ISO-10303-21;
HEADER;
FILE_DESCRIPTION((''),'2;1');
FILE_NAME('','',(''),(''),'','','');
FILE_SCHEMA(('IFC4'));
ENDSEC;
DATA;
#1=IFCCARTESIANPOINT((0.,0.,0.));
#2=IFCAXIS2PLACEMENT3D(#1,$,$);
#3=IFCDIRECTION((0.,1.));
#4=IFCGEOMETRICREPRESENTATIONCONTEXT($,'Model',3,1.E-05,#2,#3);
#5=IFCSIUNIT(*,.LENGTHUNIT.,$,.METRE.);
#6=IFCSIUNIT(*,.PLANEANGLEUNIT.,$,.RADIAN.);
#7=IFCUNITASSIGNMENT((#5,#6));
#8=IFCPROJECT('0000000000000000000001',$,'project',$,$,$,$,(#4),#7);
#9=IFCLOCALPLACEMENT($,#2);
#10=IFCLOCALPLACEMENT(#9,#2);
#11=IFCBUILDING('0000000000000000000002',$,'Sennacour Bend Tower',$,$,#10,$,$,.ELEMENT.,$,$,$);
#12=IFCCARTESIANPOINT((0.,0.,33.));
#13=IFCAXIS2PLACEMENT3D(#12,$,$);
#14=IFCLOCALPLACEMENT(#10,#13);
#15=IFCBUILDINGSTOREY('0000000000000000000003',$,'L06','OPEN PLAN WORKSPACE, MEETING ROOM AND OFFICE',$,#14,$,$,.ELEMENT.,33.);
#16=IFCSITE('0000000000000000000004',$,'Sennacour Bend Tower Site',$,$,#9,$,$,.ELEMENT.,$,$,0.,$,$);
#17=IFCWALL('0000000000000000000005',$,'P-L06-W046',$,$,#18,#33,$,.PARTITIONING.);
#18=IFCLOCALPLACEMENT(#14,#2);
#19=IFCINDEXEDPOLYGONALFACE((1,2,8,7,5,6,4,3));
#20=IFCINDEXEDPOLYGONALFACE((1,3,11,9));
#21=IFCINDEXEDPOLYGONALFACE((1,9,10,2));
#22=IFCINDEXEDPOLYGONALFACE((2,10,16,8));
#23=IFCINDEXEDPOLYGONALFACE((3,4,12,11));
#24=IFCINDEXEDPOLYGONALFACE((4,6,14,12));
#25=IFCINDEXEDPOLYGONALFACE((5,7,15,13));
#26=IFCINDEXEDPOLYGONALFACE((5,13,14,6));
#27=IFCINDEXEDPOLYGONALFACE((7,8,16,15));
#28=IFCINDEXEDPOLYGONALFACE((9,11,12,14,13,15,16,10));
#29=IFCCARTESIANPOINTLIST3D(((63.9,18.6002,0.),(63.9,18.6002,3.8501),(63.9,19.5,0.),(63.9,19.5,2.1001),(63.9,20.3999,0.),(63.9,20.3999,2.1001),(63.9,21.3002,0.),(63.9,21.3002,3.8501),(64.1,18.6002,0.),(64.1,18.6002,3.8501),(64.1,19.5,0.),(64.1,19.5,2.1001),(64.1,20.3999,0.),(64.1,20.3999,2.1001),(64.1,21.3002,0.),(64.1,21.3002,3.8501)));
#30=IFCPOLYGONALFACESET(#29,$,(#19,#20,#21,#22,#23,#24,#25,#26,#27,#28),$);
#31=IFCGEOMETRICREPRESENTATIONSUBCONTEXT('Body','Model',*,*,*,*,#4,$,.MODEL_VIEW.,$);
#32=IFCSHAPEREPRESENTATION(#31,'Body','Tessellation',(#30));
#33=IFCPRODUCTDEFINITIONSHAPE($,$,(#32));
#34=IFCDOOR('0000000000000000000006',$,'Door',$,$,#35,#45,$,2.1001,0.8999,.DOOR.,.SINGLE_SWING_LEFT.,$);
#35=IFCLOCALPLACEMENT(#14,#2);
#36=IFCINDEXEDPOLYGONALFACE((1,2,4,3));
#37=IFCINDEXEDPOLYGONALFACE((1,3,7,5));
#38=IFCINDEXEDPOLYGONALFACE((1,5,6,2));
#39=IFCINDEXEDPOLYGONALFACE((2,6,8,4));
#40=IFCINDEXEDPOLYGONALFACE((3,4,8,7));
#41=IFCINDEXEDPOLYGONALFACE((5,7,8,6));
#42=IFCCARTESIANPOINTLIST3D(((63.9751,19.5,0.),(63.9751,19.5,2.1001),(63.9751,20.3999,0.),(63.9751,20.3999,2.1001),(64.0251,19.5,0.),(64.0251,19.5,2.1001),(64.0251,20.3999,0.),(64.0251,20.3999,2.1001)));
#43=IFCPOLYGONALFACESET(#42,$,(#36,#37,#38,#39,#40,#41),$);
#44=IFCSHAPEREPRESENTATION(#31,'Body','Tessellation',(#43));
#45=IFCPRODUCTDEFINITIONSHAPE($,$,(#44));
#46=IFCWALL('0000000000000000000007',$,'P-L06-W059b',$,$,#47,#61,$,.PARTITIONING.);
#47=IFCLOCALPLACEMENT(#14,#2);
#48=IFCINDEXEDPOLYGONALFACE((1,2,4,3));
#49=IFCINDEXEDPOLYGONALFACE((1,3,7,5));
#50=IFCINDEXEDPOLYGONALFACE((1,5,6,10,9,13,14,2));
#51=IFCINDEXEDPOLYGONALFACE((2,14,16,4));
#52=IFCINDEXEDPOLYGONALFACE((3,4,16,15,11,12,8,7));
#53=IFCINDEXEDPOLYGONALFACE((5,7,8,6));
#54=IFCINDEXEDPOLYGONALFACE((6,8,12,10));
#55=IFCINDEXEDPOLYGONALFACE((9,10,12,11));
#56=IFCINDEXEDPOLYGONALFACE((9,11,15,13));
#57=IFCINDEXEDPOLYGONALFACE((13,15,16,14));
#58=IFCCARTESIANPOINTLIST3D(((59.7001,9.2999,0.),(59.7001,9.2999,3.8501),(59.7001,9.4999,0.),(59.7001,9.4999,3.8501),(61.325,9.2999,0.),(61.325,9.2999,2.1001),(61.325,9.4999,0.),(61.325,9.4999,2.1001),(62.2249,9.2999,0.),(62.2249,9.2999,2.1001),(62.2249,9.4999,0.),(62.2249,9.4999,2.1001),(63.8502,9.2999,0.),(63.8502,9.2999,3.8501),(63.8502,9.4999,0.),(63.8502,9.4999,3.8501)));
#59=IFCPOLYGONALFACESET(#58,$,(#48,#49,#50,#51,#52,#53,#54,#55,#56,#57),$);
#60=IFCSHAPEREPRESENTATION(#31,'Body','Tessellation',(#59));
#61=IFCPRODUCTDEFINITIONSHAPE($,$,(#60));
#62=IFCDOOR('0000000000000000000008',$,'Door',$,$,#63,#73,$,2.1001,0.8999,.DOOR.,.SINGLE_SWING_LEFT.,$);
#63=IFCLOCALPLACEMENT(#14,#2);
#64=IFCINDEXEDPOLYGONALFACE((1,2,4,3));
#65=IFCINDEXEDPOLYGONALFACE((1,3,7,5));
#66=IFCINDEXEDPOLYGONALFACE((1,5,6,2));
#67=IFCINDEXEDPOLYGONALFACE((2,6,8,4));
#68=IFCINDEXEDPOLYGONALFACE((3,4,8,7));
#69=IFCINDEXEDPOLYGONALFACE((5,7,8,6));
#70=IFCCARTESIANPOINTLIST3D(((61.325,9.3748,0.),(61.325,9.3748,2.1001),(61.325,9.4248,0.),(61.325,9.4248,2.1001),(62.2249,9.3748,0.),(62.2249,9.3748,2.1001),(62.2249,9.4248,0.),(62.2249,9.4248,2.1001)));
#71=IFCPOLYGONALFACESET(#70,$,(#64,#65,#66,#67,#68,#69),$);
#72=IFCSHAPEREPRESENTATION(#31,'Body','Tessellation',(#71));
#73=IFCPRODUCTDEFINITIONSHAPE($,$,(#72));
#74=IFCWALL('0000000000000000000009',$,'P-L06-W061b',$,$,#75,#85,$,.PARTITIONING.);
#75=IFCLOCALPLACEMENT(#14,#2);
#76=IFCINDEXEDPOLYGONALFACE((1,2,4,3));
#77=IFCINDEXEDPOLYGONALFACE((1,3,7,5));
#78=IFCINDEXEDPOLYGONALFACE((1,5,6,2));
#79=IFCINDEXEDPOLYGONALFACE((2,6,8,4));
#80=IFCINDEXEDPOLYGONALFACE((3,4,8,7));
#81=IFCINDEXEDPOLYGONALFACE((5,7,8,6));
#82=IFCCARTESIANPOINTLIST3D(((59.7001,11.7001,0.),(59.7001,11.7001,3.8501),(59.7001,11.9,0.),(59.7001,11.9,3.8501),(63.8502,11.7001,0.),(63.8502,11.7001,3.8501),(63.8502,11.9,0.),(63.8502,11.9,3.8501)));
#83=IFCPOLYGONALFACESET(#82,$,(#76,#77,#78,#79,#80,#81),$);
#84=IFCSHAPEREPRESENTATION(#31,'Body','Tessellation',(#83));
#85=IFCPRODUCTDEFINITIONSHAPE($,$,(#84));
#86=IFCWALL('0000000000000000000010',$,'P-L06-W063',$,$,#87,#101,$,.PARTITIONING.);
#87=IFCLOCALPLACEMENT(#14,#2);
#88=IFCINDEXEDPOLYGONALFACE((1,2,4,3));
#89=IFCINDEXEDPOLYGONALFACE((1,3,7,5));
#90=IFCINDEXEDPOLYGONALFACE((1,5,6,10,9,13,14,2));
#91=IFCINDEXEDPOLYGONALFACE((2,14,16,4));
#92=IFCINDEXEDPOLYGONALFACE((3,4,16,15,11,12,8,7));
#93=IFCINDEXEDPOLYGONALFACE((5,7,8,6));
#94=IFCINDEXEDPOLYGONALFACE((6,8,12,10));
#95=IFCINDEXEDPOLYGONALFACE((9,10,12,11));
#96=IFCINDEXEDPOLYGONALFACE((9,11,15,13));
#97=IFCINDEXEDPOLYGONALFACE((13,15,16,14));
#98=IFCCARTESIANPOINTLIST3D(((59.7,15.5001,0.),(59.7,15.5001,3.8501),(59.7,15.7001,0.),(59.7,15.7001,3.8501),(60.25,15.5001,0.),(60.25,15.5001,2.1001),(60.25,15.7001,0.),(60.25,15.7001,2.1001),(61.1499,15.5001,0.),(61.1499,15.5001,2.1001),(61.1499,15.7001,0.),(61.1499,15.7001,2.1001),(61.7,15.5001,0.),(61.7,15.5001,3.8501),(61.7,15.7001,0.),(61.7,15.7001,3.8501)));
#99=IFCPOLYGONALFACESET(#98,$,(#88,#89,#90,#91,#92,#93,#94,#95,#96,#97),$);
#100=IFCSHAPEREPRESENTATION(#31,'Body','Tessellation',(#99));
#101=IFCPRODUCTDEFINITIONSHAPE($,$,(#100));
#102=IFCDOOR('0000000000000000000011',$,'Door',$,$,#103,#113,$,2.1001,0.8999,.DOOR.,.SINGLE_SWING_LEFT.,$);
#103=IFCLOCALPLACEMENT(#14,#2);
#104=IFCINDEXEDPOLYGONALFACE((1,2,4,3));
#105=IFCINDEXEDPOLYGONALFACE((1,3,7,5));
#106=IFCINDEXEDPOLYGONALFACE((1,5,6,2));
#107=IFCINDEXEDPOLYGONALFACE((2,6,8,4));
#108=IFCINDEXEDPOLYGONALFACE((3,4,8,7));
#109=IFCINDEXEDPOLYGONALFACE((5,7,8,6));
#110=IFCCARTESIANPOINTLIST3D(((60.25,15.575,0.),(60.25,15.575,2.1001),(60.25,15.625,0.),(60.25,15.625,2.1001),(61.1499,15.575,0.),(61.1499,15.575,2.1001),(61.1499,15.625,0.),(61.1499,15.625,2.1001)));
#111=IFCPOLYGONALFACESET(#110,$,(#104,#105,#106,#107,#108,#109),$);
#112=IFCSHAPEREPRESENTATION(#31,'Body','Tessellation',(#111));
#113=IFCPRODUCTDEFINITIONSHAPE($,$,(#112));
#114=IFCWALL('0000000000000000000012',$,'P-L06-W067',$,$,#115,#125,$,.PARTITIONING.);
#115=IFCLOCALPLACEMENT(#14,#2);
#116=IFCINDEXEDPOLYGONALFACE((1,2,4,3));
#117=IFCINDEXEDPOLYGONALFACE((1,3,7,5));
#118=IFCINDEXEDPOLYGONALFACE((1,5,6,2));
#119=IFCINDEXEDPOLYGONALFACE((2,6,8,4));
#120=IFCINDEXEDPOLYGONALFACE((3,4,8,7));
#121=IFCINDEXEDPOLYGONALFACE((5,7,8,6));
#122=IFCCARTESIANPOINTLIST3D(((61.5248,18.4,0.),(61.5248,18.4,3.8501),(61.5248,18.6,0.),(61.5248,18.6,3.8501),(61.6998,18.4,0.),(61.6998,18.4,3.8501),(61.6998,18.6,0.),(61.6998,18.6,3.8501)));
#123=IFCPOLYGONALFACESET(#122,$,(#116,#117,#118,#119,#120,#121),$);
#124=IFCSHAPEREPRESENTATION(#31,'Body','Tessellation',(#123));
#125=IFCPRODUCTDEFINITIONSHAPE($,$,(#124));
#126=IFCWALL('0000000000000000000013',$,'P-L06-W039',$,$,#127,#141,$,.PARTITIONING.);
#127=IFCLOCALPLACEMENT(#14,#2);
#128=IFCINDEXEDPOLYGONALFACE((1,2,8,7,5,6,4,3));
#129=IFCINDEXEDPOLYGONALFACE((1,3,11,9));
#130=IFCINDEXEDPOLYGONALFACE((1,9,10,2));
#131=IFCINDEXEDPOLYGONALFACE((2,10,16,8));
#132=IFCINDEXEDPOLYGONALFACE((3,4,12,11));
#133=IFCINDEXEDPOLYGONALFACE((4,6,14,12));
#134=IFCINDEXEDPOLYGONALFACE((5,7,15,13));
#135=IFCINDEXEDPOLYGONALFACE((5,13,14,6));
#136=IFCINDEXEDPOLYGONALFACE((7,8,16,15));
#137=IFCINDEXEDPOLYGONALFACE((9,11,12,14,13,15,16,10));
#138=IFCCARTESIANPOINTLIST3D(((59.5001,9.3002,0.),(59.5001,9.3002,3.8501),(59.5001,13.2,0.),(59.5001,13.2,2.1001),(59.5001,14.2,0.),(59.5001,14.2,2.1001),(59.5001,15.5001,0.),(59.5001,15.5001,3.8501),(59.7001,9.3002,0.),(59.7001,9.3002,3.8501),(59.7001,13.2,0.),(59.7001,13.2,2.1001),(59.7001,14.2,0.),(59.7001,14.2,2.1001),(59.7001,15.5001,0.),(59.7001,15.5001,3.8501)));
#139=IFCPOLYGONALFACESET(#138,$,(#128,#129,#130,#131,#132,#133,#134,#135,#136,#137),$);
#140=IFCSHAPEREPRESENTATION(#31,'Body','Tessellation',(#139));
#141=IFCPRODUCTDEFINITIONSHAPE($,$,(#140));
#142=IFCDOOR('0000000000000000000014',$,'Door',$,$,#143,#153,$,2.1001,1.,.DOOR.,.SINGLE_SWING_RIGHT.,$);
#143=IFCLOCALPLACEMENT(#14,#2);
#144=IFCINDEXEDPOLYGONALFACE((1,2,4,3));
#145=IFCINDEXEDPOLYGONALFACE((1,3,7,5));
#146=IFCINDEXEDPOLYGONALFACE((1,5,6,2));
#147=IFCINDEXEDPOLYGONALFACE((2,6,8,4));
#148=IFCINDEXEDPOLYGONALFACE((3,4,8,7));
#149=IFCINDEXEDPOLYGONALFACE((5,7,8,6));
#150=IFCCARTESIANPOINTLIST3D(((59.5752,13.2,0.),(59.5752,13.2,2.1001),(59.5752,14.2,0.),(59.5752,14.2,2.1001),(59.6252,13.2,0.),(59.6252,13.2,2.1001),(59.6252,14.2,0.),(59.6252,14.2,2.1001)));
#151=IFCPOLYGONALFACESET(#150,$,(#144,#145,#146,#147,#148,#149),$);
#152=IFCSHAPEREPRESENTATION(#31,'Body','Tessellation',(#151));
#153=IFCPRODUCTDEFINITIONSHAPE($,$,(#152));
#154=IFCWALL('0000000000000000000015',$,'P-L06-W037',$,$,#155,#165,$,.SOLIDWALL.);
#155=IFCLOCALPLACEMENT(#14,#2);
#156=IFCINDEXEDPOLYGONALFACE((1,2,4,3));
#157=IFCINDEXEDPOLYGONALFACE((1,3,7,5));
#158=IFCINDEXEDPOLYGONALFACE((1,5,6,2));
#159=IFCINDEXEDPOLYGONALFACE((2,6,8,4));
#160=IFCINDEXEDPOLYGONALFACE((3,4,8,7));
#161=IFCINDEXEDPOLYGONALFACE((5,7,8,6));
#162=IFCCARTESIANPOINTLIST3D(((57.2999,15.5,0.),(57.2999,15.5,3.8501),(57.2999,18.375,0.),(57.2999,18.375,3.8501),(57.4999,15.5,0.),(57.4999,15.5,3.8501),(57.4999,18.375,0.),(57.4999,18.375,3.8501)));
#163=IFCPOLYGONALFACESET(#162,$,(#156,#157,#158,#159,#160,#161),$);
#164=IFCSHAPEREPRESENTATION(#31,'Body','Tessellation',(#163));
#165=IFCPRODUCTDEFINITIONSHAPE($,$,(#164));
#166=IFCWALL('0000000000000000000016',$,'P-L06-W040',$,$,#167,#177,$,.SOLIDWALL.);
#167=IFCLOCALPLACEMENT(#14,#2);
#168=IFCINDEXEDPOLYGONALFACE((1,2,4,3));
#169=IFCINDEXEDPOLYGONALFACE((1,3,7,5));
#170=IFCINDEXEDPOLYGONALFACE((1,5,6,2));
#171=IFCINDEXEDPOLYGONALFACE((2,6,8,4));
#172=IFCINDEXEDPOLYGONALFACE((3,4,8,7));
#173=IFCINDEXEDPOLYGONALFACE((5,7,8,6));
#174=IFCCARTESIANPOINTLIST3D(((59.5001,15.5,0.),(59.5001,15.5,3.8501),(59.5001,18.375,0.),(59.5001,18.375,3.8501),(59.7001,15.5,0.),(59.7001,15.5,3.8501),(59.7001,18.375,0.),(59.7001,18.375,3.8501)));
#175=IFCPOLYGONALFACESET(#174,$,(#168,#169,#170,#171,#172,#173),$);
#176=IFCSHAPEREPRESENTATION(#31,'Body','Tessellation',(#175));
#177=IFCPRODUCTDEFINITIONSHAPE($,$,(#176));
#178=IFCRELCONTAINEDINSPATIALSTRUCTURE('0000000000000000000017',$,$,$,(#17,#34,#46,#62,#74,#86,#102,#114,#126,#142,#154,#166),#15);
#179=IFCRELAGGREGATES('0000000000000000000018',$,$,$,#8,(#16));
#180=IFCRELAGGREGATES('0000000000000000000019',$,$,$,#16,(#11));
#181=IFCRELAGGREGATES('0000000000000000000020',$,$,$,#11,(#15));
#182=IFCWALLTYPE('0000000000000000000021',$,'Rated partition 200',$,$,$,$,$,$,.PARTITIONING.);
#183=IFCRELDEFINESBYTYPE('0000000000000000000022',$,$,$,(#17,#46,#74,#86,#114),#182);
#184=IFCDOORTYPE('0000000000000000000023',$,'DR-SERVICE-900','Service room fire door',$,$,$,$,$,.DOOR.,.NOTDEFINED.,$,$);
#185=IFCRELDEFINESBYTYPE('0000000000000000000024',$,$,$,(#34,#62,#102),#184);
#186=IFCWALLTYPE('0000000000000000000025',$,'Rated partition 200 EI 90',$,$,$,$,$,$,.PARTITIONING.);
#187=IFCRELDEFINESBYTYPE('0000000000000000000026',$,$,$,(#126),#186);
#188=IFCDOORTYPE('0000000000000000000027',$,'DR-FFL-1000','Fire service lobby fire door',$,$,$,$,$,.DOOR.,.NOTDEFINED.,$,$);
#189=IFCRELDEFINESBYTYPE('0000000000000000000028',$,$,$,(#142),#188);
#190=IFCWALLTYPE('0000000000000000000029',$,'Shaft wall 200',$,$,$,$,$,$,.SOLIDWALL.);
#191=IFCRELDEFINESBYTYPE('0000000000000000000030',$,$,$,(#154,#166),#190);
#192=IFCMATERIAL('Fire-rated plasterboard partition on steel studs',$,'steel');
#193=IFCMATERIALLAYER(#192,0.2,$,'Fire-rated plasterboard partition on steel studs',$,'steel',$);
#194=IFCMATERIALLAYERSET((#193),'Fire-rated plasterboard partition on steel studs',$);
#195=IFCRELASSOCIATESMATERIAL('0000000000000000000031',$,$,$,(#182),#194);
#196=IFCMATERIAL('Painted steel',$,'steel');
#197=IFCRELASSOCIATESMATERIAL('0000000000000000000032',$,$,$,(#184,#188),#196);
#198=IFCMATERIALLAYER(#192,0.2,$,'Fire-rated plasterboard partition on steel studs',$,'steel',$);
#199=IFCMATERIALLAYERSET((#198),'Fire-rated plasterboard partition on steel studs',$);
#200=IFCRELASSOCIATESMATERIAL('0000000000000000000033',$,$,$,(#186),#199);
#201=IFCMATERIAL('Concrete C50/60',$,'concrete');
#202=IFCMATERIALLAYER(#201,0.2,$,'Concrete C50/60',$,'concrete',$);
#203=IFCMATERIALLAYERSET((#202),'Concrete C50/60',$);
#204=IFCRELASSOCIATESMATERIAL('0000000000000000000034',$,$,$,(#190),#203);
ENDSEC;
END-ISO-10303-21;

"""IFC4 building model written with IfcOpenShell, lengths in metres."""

from ifc_helpers import new_model, si_unit, direction, frame, frame_2d, origin, place, context, subcontext, project, spatial, rectangle, extrude, material, layer, layer_set, type_object, element, fill, save


model = new_model("IFC4")

# Units and contexts
model_context = context("Model", 3, precision=1e-05, world=origin(), true_north=direction((0.0, 1.0)))
body_context = subcontext(model_context, "Body", "Model", "MODEL_VIEW")
ifc_project = project(units=[si_unit("LENGTHUNIT", "METRE"), si_unit("PLANEANGLEUNIT", "RADIAN")], contexts=[model_context])

# Site, building, storey
site_placement = place(None, origin())
site = spatial("IfcSite", under=ifc_project, at=site_placement, Name="Sennacour Bend Tower Site", CompositionType="ELEMENT", RefElevation=0.0)
building_placement = place(site_placement, origin())
building = spatial("IfcBuilding", under=site, at=building_placement, Name="Sennacour Bend Tower", CompositionType="ELEMENT")
storey_placement = place(building_placement, frame((0.0, 0.0, 33.0)))
storey = spatial("IfcBuildingStorey", under=building, at=storey_placement, Name="L06", Description="OPEN PLAN WORKSPACE, MEETING ROOM AND OFFICE", CompositionType="ELEMENT", Elevation=33.0)

# Walls, openings, doors
ifc_material_1 = material(Name="Fire-rated plasterboard partition on steel studs", Category="steel")
ifc_layer_1 = layer(ifc_material_1, 0.2, Name="Fire-rated plasterboard partition on steel studs", Category="steel")
ifc_layer_set_1 = layer_set([ifc_layer_1], Name="Fire-rated plasterboard partition on steel studs")
wall_type_1 = type_object("IfcWallType", Name="Rated partition 200", PredefinedType="PARTITIONING", material=ifc_layer_set_1)
wall_1_placement = place(storey_placement, frame((64.0, 18.6001, 0.0), z_axis=(0.0, 0.0, 1.0), x_axis=(0.0, 1.0, 0.0)))
wall_1 = element("IfcWall", 1, at=wall_1_placement, inside=storey, type_object=wall_type_1, Name="P-L06-W046", PredefinedType="PARTITIONING", context=body_context, shape_type="SweptSolid", body=[
    extrude(rectangle(XDim=2.7, YDim=0.2, at=frame_2d((1.3501, 0.0))), origin(), (0.0, 0.0, 1.0), 3.8501),
])
opening_1_placement = place(wall_1_placement, frame((0.8999, 0.0, 0.0)))
opening_1 = element("IfcOpeningElement", 2, at=opening_1_placement, cuts=wall_1, PredefinedType="OPENING", context=body_context, shape_type="SweptSolid", body=[
    extrude(rectangle(XDim=0.8999, YDim=2.1001, at=frame_2d((0.45, 1.05))), frame((0.0, 0.1099, 0.0), z_axis=(0.0, -1.0, 0.0), x_axis=(1.0, 0.0, 0.0)), (0.0, 0.0, 1.0), 0.22),
])
ifc_material_2 = material(Name="Painted steel", Category="steel")
door_type_1 = type_object("IfcDoorType", Name="DR-SERVICE-900", Description="Service room fire door", OperationType="NOTDEFINED", PredefinedType="DOOR", material=ifc_material_2)
door_1_placement = place(opening_1_placement, origin())
door_1 = element("IfcDoor", 3, at=door_1_placement, inside=storey, type_object=door_type_1, Name="Door", OperationType="SINGLE_SWING_LEFT", OverallHeight=2.1001, OverallWidth=0.8999, PredefinedType="DOOR", context=body_context, shape_type="SweptSolid", body=[
    extrude(rectangle(XDim=0.8999, YDim=2.1001, at=frame_2d((0.45, 1.05))), frame((0.0, 0.0249, 0.0), z_axis=(0.0, -1.0, 0.0), x_axis=(1.0, 0.0, 0.0)), (0.0, 0.0, 1.0), 0.05),
])
fill(opening_1, door_1)
wall_2_placement = place(storey_placement, frame((59.7, 9.3999, 0.0), z_axis=(0.0, 0.0, 1.0), x_axis=(1.0, 0.0, 0.0)))
wall_2 = element("IfcWall", 4, at=wall_2_placement, inside=storey, type_object=wall_type_1, Name="P-L06-W059b", PredefinedType="PARTITIONING", context=body_context, shape_type="SweptSolid", body=[
    extrude(rectangle(XDim=4.1501, YDim=0.2, at=frame_2d((2.0752, 0.0))), origin(), (0.0, 0.0, 1.0), 3.8501),
])
opening_2_placement = place(wall_2_placement, frame((1.625, 0.0, 0.0)))
opening_2 = element("IfcOpeningElement", 5, at=opening_2_placement, cuts=wall_2, PredefinedType="OPENING", context=body_context, shape_type="SweptSolid", body=[
    extrude(rectangle(XDim=0.8999, YDim=2.1001, at=frame_2d((0.45, 1.05))), frame((0.0, 0.1099, 0.0), z_axis=(0.0, -1.0, 0.0), x_axis=(1.0, 0.0, 0.0)), (0.0, 0.0, 1.0), 0.22),
])
door_2_placement = place(opening_2_placement, origin())
door_2 = element("IfcDoor", 6, at=door_2_placement, inside=storey, type_object=door_type_1, Name="Door", OperationType="SINGLE_SWING_LEFT", OverallHeight=2.1001, OverallWidth=0.8999, PredefinedType="DOOR", context=body_context, shape_type="SweptSolid", body=[
    extrude(rectangle(XDim=0.8999, YDim=2.1001, at=frame_2d((0.45, 1.05))), frame((0.0, 0.0249, 0.0), z_axis=(0.0, -1.0, 0.0), x_axis=(1.0, 0.0, 0.0)), (0.0, 0.0, 1.0), 0.05),
])
fill(opening_2, door_2)

# Wall
wall_3_placement = place(storey_placement, frame((59.7, 11.8, 0.0), z_axis=(0.0, 0.0, 1.0), x_axis=(1.0, 0.0, 0.0)))
element("IfcWall", 7, at=wall_3_placement, inside=storey, type_object=wall_type_1, Name="P-L06-W061b", PredefinedType="PARTITIONING", context=body_context, shape_type="SweptSolid", body=[
    extrude(rectangle(XDim=4.1501, YDim=0.2, at=frame_2d((2.0752, 0.0))), origin(), (0.0, 0.0, 1.0), 3.8501),
])

# Wall, opening, door
wall_4_placement = place(storey_placement, frame((59.7, 15.6001, 0.0), z_axis=(0.0, 0.0, 1.0), x_axis=(1.0, 0.0, 0.0)))
wall_4 = element("IfcWall", 8, at=wall_4_placement, inside=storey, type_object=wall_type_1, Name="P-L06-W063", PredefinedType="PARTITIONING", context=body_context, shape_type="SweptSolid", body=[
    extrude(rectangle(XDim=2.0, YDim=0.2, at=frame_2d((1.0, 0.0))), origin(), (0.0, 0.0, 1.0), 3.8501),
])
opening_3_placement = place(wall_4_placement, frame((0.55, 0.0, 0.0)))
opening_3 = element("IfcOpeningElement", 9, at=opening_3_placement, cuts=wall_4, PredefinedType="OPENING", context=body_context, shape_type="SweptSolid", body=[
    extrude(rectangle(XDim=0.8999, YDim=2.1001, at=frame_2d((0.45, 1.05))), frame((0.0, 0.1099, 0.0), z_axis=(0.0, -1.0, 0.0), x_axis=(1.0, 0.0, 0.0)), (0.0, 0.0, 1.0), 0.22),
])
door_3_placement = place(opening_3_placement, origin())
door_3 = element("IfcDoor", 10, at=door_3_placement, inside=storey, type_object=door_type_1, Name="Door", OperationType="SINGLE_SWING_LEFT", OverallHeight=2.1001, OverallWidth=0.8999, PredefinedType="DOOR", context=body_context, shape_type="SweptSolid", body=[
    extrude(rectangle(XDim=0.8999, YDim=2.1001, at=frame_2d((0.45, 1.05))), frame((0.0, 0.0249, 0.0), z_axis=(0.0, -1.0, 0.0), x_axis=(1.0, 0.0, 0.0)), (0.0, 0.0, 1.0), 0.05),
])
fill(opening_3, door_3)

# Wall
wall_5_placement = place(storey_placement, frame((61.5249, 18.5, 0.0), z_axis=(0.0, 0.0, 1.0), x_axis=(1.0, 0.0, 0.0)))
element("IfcWall", 11, at=wall_5_placement, inside=storey, type_object=wall_type_1, Name="P-L06-W067", PredefinedType="PARTITIONING", context=body_context, shape_type="SweptSolid", body=[
    extrude(rectangle(XDim=0.175, YDim=0.2, at=frame_2d((0.0874, 0.0))), origin(), (0.0, 0.0, 1.0), 3.8501),
])

# Wall, opening, door
ifc_layer_2 = layer(ifc_material_1, 0.2, Name="Fire-rated plasterboard partition on steel studs", Category="steel")
ifc_layer_set_2 = layer_set([ifc_layer_2], Name="Fire-rated plasterboard partition on steel studs")
wall_type_2 = type_object("IfcWallType", Name="Rated partition 200 EI 90", PredefinedType="PARTITIONING", material=ifc_layer_set_2)
wall_6_placement = place(storey_placement, frame((59.6001, 9.3, 0.0), z_axis=(0.0, 0.0, 1.0), x_axis=(0.0, 1.0, 0.0)))
wall_6 = element("IfcWall", 12, at=wall_6_placement, inside=storey, type_object=wall_type_2, Name="P-L06-W039", PredefinedType="PARTITIONING", context=body_context, shape_type="SweptSolid", body=[
    extrude(rectangle(XDim=6.2, YDim=0.2, at=frame_2d((3.1001, 0.0))), origin(), (0.0, 0.0, 1.0), 3.8501),
])
opening_4_placement = place(wall_6_placement, frame((3.8999, 0.0, 0.0)))
opening_4 = element("IfcOpeningElement", 13, at=opening_4_placement, cuts=wall_6, PredefinedType="OPENING", context=body_context, shape_type="SweptSolid", body=[
    extrude(rectangle(XDim=1.0, YDim=2.1001, at=frame_2d((0.5, 1.05))), frame((0.0, 0.1099, 0.0), z_axis=(0.0, -1.0, 0.0), x_axis=(1.0, 0.0, 0.0)), (0.0, 0.0, 1.0), 0.22),
])
door_type_2 = type_object("IfcDoorType", Name="DR-FFL-1000", Description="Fire service lobby fire door", OperationType="NOTDEFINED", PredefinedType="DOOR", material=ifc_material_2)
door_4_placement = place(opening_4_placement, origin())
door_4 = element("IfcDoor", 14, at=door_4_placement, inside=storey, type_object=door_type_2, Name="Door", OperationType="SINGLE_SWING_RIGHT", OverallHeight=2.1001, OverallWidth=1.0, PredefinedType="DOOR", context=body_context, shape_type="SweptSolid", body=[
    extrude(rectangle(XDim=1.0, YDim=2.1001, at=frame_2d((0.5, 1.05))), frame((0.0, 0.0249, 0.0), z_axis=(0.0, -1.0, 0.0), x_axis=(1.0, 0.0, 0.0)), (0.0, 0.0, 1.0), 0.05),
])
fill(opening_4, door_4)

# Walls
ifc_material_3 = material(Name="Concrete C50/60", Category="concrete")
ifc_layer_3 = layer(ifc_material_3, 0.2, Name="Concrete C50/60", Category="concrete")
ifc_layer_set_3 = layer_set([ifc_layer_3], Name="Concrete C50/60")
wall_type_3 = type_object("IfcWallType", Name="Shaft wall 200", PredefinedType="SOLIDWALL", material=ifc_layer_set_3)
for number, where, z_axis, x_axis, name in (
    (15, (57.3999, 15.5, 0.0), (0.0, 0.0, 1.0), (0.0, 1.0, 0.0), "P-L06-W037"),
    (16, (59.6001, 15.5, 0.0), (0.0, 0.0, 1.0), (0.0, 1.0, 0.0), "P-L06-W040"),
):
    element("IfcWall", number, at=place(storey_placement, frame(where, z_axis=z_axis, x_axis=x_axis)), inside=storey, type_object=wall_type_3, Name=name, PredefinedType="SOLIDWALL", context=body_context, shape_type="SweptSolid", body=[
        extrude(rectangle(XDim=2.875, YDim=0.2, at=frame_2d((1.4375, 0.0))), origin(), (0.0, 0.0, 1.0), 3.8501),
    ])

save(model, "model.ifc")
